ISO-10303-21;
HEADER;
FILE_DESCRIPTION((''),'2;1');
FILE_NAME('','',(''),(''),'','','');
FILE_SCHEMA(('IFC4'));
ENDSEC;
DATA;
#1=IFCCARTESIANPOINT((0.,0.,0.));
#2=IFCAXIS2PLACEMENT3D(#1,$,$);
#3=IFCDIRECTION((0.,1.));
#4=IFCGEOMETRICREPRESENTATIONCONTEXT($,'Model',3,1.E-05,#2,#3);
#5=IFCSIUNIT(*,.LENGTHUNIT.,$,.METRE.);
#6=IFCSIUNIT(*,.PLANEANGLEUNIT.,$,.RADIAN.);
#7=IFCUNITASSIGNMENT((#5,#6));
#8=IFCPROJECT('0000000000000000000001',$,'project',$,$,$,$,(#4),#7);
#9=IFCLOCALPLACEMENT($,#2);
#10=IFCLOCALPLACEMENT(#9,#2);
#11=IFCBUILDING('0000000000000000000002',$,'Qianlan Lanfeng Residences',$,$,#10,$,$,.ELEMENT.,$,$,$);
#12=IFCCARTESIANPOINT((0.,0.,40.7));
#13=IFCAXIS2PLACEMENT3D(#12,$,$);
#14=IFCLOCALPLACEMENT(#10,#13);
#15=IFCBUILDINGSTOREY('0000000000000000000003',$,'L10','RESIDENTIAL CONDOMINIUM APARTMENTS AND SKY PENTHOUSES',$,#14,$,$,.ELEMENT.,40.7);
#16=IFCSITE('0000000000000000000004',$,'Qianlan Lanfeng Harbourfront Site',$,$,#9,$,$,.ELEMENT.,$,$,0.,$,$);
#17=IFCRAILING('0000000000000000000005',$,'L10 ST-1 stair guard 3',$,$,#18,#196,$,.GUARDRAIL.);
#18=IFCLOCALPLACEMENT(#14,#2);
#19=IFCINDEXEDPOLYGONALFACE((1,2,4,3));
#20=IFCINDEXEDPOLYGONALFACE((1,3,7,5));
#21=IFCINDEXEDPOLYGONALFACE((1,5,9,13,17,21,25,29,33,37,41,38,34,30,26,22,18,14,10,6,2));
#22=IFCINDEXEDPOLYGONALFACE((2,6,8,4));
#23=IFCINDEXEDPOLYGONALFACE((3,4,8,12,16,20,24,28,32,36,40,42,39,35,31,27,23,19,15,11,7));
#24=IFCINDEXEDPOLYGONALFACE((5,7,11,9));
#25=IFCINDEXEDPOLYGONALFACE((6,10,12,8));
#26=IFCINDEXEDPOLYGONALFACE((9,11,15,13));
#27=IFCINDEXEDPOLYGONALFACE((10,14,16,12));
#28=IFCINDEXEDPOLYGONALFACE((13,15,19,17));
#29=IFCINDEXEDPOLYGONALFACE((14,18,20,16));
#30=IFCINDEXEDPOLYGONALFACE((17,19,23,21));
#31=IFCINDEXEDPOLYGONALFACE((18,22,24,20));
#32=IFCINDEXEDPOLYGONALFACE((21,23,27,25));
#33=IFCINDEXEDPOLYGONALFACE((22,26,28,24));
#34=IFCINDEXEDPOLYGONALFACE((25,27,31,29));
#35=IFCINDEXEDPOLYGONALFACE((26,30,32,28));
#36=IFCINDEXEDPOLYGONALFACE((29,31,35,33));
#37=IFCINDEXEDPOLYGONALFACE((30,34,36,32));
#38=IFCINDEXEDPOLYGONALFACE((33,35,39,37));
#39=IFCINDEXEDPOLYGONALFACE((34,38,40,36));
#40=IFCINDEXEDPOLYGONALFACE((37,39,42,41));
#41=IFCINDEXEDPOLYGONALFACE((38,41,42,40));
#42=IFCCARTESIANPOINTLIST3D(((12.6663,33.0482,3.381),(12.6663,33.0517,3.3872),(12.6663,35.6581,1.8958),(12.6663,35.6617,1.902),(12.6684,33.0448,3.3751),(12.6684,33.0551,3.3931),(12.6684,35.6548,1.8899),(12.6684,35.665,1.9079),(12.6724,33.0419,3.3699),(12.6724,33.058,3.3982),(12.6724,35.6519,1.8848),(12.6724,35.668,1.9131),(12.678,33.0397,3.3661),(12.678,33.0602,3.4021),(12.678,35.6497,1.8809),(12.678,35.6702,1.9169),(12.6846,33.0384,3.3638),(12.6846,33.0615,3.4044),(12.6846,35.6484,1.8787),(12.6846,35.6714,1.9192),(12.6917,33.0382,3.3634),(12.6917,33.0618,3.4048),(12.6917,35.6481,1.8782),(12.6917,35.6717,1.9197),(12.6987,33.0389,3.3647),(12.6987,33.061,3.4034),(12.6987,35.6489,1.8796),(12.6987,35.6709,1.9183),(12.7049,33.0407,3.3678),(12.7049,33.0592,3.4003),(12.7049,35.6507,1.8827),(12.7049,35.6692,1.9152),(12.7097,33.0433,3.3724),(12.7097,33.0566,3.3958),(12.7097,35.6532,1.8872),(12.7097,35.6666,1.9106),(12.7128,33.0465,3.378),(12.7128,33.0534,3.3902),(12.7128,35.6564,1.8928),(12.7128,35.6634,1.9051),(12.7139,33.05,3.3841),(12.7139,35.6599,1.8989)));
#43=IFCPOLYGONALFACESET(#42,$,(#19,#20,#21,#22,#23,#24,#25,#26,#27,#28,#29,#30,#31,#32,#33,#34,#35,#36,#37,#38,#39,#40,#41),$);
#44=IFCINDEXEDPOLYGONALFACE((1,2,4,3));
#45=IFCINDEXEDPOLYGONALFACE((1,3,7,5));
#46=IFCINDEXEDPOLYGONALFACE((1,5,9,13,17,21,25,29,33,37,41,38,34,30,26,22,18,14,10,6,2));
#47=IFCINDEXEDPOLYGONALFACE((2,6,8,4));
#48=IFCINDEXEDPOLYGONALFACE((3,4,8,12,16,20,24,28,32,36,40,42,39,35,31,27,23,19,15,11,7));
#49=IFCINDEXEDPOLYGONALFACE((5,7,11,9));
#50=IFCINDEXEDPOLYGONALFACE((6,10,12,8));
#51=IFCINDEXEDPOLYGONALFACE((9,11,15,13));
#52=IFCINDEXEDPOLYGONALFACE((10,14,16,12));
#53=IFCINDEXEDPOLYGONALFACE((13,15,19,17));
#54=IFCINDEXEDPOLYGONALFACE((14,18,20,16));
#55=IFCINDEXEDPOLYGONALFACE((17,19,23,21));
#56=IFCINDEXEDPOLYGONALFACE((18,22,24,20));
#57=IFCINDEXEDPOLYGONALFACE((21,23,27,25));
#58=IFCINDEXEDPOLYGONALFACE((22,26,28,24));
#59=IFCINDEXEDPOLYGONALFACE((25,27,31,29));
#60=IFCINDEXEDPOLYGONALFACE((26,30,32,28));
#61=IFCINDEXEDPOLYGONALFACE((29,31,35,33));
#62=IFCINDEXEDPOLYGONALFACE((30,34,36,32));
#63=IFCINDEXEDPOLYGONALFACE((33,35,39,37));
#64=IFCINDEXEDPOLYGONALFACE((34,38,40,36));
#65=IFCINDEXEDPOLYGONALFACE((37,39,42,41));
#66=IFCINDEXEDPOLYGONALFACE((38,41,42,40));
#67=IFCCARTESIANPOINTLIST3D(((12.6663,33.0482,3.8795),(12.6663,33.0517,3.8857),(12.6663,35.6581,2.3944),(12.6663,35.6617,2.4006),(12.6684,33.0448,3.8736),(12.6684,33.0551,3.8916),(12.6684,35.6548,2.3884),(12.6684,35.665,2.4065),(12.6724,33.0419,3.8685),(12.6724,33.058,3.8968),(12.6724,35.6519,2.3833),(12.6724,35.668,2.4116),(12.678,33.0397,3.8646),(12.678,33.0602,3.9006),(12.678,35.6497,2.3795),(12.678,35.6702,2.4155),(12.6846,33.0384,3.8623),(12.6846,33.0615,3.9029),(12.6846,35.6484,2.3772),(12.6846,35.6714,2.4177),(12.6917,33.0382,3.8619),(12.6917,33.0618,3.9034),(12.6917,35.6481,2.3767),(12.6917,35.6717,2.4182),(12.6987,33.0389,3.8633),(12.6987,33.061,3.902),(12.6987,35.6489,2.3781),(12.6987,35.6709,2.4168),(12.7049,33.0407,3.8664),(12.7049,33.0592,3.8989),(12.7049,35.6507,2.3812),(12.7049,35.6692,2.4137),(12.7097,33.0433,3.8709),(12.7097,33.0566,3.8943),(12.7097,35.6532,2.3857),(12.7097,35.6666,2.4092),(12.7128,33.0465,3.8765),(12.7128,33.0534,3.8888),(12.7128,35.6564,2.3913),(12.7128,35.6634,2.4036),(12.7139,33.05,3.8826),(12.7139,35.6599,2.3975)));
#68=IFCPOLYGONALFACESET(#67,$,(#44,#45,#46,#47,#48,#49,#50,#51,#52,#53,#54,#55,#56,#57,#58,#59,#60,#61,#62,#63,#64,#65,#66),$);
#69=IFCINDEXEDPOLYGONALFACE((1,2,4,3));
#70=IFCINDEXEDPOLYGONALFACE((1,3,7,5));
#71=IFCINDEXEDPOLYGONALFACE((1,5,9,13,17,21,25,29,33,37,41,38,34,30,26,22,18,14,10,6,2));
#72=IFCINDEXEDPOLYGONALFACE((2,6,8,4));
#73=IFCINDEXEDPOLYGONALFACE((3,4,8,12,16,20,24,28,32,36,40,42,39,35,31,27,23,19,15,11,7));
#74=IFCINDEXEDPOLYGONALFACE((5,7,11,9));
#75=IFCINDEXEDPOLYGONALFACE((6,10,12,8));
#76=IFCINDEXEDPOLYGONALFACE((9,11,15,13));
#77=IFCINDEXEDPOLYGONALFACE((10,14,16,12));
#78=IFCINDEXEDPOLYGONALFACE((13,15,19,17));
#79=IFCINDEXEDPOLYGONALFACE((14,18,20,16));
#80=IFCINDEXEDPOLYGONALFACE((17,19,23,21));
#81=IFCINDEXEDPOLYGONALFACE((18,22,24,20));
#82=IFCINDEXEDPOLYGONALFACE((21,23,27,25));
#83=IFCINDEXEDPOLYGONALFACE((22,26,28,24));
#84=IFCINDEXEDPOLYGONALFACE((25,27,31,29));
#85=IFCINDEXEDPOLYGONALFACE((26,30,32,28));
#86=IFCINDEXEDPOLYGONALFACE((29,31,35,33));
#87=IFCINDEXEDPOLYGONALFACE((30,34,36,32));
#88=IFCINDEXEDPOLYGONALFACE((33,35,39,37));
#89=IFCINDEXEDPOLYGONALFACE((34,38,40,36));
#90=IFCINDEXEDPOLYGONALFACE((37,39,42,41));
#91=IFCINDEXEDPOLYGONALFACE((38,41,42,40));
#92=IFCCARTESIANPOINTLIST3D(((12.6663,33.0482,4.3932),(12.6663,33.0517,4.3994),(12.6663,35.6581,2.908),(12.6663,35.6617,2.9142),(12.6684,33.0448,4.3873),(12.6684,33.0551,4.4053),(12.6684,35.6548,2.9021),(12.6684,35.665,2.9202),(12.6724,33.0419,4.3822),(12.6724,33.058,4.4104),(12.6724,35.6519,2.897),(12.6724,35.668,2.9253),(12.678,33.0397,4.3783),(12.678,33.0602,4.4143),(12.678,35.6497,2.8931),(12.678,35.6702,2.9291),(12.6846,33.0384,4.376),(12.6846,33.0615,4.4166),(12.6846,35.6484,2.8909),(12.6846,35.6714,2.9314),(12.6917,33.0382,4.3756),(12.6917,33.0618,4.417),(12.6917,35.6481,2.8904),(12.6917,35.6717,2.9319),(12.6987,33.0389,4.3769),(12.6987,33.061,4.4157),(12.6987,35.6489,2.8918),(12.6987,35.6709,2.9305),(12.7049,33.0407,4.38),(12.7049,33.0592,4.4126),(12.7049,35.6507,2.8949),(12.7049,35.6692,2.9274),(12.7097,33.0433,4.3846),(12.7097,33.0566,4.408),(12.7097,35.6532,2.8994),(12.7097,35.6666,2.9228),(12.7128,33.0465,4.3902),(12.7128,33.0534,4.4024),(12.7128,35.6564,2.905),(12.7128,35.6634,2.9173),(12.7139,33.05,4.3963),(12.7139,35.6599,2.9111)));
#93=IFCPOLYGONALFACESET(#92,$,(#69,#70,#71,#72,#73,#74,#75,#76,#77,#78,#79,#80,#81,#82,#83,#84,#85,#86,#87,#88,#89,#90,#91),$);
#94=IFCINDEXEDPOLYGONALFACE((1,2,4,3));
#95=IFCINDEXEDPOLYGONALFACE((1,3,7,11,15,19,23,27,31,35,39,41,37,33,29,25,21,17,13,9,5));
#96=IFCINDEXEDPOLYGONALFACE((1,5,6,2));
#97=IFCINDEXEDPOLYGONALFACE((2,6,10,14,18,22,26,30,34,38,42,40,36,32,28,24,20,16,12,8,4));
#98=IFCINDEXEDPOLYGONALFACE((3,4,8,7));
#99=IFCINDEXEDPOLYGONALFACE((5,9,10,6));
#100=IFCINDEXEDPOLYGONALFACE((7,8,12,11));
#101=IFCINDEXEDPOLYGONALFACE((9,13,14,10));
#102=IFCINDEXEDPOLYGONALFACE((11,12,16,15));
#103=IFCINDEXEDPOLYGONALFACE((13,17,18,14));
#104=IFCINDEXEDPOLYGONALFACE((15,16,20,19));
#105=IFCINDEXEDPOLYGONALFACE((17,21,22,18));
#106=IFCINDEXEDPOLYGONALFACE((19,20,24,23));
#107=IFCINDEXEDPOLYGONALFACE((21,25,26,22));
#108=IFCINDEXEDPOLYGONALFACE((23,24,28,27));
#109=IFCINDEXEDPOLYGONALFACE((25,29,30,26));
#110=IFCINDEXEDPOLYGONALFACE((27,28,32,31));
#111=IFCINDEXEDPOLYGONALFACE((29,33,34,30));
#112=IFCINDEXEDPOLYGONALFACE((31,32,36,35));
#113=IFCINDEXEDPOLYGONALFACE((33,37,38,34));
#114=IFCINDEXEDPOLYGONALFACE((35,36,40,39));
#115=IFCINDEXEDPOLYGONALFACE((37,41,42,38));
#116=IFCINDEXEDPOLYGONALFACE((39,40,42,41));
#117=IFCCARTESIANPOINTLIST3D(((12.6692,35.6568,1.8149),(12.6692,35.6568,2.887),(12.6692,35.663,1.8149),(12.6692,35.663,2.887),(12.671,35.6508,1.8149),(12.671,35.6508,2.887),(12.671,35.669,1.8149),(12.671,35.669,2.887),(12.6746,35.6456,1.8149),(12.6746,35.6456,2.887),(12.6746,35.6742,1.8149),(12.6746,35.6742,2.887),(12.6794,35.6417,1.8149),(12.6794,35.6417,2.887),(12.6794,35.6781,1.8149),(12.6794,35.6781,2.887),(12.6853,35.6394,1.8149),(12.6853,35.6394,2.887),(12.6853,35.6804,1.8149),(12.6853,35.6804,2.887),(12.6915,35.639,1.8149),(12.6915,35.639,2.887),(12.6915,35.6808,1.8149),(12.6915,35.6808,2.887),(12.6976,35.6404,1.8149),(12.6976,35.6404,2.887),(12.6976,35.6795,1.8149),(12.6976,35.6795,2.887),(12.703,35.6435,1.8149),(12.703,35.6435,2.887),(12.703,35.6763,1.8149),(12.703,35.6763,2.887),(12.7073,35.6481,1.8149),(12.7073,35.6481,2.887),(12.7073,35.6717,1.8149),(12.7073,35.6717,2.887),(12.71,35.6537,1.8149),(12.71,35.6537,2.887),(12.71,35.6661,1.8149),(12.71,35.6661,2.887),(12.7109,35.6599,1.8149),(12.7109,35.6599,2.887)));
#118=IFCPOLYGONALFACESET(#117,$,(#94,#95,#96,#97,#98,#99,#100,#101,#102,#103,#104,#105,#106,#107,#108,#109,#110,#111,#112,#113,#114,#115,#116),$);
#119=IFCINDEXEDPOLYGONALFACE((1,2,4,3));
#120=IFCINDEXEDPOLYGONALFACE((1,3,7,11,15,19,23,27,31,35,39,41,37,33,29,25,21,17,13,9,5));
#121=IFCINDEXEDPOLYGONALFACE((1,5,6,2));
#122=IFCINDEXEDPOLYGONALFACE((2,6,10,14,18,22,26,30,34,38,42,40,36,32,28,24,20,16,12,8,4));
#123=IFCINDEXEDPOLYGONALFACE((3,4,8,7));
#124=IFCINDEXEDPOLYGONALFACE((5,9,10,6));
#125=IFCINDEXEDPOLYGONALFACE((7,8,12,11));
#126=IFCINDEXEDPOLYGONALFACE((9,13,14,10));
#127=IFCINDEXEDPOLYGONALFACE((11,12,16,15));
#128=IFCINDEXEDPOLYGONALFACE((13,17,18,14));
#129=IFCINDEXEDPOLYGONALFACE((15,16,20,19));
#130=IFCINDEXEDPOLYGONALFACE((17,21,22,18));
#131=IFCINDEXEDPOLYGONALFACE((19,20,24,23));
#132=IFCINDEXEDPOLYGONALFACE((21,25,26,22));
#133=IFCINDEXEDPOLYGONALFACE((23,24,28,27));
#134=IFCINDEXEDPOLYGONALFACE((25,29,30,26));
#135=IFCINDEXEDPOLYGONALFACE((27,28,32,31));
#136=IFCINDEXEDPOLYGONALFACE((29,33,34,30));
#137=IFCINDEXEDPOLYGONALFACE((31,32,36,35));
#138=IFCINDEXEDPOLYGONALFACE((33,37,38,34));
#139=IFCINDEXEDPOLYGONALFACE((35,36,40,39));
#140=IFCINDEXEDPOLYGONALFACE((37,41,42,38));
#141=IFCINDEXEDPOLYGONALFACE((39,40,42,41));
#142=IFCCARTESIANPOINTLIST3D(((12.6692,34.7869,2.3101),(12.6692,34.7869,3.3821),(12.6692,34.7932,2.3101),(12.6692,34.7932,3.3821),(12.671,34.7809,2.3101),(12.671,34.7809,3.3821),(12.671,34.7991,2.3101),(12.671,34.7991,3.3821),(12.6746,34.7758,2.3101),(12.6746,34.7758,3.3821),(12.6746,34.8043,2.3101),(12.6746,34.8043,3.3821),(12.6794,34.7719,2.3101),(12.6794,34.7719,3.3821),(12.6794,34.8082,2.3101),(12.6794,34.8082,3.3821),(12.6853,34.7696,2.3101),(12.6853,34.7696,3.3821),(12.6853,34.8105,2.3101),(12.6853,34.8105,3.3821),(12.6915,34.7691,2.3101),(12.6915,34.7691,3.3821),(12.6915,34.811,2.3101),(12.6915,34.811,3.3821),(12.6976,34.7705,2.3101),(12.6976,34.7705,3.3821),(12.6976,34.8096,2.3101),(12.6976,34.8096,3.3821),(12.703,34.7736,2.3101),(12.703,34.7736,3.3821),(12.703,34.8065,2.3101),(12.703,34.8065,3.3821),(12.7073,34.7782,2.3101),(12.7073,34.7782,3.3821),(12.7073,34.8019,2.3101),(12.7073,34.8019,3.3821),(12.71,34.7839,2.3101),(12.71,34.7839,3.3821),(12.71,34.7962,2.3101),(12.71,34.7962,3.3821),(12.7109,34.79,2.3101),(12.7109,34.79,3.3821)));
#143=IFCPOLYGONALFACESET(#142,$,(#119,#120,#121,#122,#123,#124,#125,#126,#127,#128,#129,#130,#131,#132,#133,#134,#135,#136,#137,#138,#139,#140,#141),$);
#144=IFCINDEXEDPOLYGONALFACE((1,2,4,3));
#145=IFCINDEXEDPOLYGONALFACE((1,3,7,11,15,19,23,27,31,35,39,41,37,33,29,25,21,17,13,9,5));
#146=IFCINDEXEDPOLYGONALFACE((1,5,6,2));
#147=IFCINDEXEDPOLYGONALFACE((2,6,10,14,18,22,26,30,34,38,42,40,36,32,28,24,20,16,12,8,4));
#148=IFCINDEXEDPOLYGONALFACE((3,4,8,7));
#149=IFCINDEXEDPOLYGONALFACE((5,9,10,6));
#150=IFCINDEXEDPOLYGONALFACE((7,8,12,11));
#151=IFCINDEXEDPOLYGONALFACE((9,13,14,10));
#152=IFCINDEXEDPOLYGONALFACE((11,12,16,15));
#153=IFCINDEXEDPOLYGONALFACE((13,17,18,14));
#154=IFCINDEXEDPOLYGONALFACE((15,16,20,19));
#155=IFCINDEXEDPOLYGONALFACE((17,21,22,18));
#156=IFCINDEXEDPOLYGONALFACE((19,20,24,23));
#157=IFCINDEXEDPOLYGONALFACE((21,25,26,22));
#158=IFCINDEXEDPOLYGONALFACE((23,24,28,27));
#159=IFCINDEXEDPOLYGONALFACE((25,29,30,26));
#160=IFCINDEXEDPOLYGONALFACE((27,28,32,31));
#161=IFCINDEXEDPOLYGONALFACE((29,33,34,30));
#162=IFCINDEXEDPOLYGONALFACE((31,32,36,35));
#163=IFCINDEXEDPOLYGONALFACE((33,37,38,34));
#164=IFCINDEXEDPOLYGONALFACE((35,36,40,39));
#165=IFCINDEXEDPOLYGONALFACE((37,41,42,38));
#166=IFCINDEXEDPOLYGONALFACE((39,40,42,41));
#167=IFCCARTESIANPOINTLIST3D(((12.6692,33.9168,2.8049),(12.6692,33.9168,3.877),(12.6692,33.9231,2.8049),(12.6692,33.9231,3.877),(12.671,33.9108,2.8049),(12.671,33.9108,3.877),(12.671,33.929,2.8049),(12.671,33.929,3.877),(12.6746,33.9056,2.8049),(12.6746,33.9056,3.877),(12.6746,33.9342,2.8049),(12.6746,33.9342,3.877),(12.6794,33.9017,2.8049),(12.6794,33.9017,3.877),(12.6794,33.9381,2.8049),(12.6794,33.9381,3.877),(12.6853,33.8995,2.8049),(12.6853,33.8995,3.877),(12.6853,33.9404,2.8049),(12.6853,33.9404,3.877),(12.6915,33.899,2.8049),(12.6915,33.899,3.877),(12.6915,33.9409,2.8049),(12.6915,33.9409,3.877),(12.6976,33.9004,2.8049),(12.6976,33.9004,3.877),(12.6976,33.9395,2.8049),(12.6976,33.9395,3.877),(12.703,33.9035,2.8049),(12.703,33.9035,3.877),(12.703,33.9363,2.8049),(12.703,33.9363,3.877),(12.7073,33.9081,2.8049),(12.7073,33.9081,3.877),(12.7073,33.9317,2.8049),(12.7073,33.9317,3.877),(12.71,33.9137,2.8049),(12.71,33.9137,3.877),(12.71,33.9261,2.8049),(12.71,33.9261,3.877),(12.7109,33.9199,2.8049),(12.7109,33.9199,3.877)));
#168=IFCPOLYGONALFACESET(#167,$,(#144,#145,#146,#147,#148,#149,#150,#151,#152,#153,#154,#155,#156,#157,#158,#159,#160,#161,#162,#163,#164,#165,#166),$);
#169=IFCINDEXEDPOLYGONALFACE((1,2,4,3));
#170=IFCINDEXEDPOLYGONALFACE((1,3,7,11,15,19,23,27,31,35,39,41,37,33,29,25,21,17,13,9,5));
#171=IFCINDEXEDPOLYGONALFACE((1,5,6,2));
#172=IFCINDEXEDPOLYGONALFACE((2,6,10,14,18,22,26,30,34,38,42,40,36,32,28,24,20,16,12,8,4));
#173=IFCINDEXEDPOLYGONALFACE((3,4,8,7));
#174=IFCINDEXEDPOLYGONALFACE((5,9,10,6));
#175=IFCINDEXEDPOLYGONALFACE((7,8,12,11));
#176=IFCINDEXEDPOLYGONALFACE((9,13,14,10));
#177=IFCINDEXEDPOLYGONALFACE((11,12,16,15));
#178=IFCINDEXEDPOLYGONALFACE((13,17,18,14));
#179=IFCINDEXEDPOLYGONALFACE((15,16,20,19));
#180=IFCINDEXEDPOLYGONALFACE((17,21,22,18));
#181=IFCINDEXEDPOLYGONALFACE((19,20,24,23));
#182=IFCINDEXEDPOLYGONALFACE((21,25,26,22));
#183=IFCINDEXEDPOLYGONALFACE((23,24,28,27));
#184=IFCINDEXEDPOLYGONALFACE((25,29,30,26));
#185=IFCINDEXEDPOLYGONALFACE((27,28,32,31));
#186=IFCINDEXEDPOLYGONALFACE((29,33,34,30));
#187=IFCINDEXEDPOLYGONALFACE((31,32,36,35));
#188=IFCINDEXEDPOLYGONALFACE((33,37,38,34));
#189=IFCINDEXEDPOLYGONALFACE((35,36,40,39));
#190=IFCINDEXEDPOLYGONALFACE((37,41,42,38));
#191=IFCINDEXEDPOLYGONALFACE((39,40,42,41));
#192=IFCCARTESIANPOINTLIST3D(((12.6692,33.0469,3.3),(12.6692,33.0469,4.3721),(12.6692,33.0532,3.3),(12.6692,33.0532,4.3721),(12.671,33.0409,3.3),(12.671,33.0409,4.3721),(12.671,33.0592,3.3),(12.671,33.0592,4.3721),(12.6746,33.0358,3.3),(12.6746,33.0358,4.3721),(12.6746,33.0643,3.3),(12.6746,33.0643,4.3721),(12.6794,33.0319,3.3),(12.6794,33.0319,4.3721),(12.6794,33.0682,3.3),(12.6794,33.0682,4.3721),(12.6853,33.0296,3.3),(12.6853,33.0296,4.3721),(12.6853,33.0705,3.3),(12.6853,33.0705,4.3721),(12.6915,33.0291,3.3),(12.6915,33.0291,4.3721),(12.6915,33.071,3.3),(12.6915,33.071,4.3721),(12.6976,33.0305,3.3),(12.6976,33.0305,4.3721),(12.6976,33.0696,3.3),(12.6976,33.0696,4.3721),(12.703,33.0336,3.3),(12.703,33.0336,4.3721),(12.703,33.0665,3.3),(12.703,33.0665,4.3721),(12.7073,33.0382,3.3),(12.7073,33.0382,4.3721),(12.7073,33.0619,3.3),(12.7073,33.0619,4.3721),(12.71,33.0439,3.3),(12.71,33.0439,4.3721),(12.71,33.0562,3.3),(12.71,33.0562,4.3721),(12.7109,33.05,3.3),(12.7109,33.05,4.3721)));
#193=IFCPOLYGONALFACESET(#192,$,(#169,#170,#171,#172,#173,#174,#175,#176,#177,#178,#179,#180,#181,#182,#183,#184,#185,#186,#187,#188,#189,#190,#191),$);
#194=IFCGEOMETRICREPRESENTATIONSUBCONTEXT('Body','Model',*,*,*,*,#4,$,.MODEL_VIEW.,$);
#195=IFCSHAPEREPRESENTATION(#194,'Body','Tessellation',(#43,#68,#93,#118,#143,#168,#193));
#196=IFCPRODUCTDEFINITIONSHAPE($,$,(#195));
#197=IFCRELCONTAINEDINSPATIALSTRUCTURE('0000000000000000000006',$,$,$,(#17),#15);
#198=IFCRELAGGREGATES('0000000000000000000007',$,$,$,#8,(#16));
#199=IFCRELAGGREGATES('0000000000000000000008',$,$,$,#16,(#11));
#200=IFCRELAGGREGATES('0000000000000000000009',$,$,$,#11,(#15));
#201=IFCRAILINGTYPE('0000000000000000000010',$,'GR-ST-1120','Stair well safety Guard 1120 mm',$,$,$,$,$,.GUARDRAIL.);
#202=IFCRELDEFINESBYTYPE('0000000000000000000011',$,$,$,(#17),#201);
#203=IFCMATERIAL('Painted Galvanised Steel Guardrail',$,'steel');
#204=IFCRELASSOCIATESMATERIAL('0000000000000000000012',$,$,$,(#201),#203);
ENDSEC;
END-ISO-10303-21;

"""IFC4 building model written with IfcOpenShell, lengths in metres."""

from ifc_helpers import new_model, si_unit, direction, frame, origin, origin_2d, place, context, subcontext, project, spatial, circle, extrude, material, type_object, element, save


model = new_model("IFC4")

# Units and contexts
model_context = context("Model", 3, precision=1e-05, world=origin(), true_north=direction((0.0, 1.0)))
body_context = subcontext(model_context, "Body", "Model", "MODEL_VIEW")
ifc_project = project(units=[si_unit("LENGTHUNIT", "METRE"), si_unit("PLANEANGLEUNIT", "RADIAN")], contexts=[model_context])

# Site, building, storey
site_placement = place(None, origin())
site = spatial("IfcSite", under=ifc_project, at=site_placement, Name="Qianlan Lanfeng Harbourfront Site", CompositionType="ELEMENT", RefElevation=0.0)
building_placement = place(site_placement, origin())
building = spatial("IfcBuilding", under=site, at=building_placement, Name="Qianlan Lanfeng Residences", CompositionType="ELEMENT")
storey_placement = place(building_placement, frame((0.0, 0.0, 40.7)))
storey = spatial("IfcBuildingStorey", under=building, at=storey_placement, Name="L10", Description="RESIDENTIAL CONDOMINIUM APARTMENTS AND SKY PENTHOUSES", CompositionType="ELEMENT", Elevation=40.7)

# Railing
ifc_material_1 = material(Name="Painted Galvanised Steel Guardrail", Category="steel")
railing_type_1 = type_object("IfcRailingType", Name="GR-ST-1120", Description="Stair well safety Guard 1120 mm", PredefinedType="GUARDRAIL", material=ifc_material_1)
railing_1_placement = place(storey_placement, frame((12.6899, 35.6599, 1.8149)))
element("IfcRailing", 1, at=railing_1_placement, inside=storey, type_object=railing_type_1, Name="L10 ST-1 stair guard 3", PredefinedType="GUARDRAIL", context=body_context, shape_type="SweptSolid", body=[
    extrude(circle(Radius=0.0239, at=origin_2d()), frame((0.0, 0.0, 0.084), z_axis=(0.0, -0.869137, 0.494571), x_axis=(1.0, 0.0, 0.0)), (0.0, 0.0, 1.0), 3.0029),
    extrude(circle(Radius=0.0239, at=origin_2d()), frame((0.0, 0.0, 0.5825), z_axis=(0.0, -0.869137, 0.494571), x_axis=(1.0, 0.0, 0.0)), (0.0, 0.0, 1.0), 3.0029),
    extrude(circle(Radius=0.0239, at=origin_2d()), frame((0.0, 0.0, 1.0962), z_axis=(0.0, -0.869137, 0.494571), x_axis=(1.0, 0.0, 0.0)), (0.0, 0.0, 1.0), 3.0029),
    extrude(circle(Radius=0.021, at=origin_2d()), origin(), (0.0, 0.0, 1.0), 1.072),
    extrude(circle(Radius=0.021, at=origin_2d()), frame((0.0, -0.8699, 0.4951)), (0.0, 0.0, 1.0), 1.072),
    extrude(circle(Radius=0.021, at=origin_2d()), frame((0.0, -1.74, 0.99)), (0.0, 0.0, 1.0), 1.072),
    extrude(circle(Radius=0.021, at=origin_2d()), frame((0.0, -2.6099, 1.4851)), (0.0, 0.0, 1.0), 1.072),
])

save(model, "model.ifc")
